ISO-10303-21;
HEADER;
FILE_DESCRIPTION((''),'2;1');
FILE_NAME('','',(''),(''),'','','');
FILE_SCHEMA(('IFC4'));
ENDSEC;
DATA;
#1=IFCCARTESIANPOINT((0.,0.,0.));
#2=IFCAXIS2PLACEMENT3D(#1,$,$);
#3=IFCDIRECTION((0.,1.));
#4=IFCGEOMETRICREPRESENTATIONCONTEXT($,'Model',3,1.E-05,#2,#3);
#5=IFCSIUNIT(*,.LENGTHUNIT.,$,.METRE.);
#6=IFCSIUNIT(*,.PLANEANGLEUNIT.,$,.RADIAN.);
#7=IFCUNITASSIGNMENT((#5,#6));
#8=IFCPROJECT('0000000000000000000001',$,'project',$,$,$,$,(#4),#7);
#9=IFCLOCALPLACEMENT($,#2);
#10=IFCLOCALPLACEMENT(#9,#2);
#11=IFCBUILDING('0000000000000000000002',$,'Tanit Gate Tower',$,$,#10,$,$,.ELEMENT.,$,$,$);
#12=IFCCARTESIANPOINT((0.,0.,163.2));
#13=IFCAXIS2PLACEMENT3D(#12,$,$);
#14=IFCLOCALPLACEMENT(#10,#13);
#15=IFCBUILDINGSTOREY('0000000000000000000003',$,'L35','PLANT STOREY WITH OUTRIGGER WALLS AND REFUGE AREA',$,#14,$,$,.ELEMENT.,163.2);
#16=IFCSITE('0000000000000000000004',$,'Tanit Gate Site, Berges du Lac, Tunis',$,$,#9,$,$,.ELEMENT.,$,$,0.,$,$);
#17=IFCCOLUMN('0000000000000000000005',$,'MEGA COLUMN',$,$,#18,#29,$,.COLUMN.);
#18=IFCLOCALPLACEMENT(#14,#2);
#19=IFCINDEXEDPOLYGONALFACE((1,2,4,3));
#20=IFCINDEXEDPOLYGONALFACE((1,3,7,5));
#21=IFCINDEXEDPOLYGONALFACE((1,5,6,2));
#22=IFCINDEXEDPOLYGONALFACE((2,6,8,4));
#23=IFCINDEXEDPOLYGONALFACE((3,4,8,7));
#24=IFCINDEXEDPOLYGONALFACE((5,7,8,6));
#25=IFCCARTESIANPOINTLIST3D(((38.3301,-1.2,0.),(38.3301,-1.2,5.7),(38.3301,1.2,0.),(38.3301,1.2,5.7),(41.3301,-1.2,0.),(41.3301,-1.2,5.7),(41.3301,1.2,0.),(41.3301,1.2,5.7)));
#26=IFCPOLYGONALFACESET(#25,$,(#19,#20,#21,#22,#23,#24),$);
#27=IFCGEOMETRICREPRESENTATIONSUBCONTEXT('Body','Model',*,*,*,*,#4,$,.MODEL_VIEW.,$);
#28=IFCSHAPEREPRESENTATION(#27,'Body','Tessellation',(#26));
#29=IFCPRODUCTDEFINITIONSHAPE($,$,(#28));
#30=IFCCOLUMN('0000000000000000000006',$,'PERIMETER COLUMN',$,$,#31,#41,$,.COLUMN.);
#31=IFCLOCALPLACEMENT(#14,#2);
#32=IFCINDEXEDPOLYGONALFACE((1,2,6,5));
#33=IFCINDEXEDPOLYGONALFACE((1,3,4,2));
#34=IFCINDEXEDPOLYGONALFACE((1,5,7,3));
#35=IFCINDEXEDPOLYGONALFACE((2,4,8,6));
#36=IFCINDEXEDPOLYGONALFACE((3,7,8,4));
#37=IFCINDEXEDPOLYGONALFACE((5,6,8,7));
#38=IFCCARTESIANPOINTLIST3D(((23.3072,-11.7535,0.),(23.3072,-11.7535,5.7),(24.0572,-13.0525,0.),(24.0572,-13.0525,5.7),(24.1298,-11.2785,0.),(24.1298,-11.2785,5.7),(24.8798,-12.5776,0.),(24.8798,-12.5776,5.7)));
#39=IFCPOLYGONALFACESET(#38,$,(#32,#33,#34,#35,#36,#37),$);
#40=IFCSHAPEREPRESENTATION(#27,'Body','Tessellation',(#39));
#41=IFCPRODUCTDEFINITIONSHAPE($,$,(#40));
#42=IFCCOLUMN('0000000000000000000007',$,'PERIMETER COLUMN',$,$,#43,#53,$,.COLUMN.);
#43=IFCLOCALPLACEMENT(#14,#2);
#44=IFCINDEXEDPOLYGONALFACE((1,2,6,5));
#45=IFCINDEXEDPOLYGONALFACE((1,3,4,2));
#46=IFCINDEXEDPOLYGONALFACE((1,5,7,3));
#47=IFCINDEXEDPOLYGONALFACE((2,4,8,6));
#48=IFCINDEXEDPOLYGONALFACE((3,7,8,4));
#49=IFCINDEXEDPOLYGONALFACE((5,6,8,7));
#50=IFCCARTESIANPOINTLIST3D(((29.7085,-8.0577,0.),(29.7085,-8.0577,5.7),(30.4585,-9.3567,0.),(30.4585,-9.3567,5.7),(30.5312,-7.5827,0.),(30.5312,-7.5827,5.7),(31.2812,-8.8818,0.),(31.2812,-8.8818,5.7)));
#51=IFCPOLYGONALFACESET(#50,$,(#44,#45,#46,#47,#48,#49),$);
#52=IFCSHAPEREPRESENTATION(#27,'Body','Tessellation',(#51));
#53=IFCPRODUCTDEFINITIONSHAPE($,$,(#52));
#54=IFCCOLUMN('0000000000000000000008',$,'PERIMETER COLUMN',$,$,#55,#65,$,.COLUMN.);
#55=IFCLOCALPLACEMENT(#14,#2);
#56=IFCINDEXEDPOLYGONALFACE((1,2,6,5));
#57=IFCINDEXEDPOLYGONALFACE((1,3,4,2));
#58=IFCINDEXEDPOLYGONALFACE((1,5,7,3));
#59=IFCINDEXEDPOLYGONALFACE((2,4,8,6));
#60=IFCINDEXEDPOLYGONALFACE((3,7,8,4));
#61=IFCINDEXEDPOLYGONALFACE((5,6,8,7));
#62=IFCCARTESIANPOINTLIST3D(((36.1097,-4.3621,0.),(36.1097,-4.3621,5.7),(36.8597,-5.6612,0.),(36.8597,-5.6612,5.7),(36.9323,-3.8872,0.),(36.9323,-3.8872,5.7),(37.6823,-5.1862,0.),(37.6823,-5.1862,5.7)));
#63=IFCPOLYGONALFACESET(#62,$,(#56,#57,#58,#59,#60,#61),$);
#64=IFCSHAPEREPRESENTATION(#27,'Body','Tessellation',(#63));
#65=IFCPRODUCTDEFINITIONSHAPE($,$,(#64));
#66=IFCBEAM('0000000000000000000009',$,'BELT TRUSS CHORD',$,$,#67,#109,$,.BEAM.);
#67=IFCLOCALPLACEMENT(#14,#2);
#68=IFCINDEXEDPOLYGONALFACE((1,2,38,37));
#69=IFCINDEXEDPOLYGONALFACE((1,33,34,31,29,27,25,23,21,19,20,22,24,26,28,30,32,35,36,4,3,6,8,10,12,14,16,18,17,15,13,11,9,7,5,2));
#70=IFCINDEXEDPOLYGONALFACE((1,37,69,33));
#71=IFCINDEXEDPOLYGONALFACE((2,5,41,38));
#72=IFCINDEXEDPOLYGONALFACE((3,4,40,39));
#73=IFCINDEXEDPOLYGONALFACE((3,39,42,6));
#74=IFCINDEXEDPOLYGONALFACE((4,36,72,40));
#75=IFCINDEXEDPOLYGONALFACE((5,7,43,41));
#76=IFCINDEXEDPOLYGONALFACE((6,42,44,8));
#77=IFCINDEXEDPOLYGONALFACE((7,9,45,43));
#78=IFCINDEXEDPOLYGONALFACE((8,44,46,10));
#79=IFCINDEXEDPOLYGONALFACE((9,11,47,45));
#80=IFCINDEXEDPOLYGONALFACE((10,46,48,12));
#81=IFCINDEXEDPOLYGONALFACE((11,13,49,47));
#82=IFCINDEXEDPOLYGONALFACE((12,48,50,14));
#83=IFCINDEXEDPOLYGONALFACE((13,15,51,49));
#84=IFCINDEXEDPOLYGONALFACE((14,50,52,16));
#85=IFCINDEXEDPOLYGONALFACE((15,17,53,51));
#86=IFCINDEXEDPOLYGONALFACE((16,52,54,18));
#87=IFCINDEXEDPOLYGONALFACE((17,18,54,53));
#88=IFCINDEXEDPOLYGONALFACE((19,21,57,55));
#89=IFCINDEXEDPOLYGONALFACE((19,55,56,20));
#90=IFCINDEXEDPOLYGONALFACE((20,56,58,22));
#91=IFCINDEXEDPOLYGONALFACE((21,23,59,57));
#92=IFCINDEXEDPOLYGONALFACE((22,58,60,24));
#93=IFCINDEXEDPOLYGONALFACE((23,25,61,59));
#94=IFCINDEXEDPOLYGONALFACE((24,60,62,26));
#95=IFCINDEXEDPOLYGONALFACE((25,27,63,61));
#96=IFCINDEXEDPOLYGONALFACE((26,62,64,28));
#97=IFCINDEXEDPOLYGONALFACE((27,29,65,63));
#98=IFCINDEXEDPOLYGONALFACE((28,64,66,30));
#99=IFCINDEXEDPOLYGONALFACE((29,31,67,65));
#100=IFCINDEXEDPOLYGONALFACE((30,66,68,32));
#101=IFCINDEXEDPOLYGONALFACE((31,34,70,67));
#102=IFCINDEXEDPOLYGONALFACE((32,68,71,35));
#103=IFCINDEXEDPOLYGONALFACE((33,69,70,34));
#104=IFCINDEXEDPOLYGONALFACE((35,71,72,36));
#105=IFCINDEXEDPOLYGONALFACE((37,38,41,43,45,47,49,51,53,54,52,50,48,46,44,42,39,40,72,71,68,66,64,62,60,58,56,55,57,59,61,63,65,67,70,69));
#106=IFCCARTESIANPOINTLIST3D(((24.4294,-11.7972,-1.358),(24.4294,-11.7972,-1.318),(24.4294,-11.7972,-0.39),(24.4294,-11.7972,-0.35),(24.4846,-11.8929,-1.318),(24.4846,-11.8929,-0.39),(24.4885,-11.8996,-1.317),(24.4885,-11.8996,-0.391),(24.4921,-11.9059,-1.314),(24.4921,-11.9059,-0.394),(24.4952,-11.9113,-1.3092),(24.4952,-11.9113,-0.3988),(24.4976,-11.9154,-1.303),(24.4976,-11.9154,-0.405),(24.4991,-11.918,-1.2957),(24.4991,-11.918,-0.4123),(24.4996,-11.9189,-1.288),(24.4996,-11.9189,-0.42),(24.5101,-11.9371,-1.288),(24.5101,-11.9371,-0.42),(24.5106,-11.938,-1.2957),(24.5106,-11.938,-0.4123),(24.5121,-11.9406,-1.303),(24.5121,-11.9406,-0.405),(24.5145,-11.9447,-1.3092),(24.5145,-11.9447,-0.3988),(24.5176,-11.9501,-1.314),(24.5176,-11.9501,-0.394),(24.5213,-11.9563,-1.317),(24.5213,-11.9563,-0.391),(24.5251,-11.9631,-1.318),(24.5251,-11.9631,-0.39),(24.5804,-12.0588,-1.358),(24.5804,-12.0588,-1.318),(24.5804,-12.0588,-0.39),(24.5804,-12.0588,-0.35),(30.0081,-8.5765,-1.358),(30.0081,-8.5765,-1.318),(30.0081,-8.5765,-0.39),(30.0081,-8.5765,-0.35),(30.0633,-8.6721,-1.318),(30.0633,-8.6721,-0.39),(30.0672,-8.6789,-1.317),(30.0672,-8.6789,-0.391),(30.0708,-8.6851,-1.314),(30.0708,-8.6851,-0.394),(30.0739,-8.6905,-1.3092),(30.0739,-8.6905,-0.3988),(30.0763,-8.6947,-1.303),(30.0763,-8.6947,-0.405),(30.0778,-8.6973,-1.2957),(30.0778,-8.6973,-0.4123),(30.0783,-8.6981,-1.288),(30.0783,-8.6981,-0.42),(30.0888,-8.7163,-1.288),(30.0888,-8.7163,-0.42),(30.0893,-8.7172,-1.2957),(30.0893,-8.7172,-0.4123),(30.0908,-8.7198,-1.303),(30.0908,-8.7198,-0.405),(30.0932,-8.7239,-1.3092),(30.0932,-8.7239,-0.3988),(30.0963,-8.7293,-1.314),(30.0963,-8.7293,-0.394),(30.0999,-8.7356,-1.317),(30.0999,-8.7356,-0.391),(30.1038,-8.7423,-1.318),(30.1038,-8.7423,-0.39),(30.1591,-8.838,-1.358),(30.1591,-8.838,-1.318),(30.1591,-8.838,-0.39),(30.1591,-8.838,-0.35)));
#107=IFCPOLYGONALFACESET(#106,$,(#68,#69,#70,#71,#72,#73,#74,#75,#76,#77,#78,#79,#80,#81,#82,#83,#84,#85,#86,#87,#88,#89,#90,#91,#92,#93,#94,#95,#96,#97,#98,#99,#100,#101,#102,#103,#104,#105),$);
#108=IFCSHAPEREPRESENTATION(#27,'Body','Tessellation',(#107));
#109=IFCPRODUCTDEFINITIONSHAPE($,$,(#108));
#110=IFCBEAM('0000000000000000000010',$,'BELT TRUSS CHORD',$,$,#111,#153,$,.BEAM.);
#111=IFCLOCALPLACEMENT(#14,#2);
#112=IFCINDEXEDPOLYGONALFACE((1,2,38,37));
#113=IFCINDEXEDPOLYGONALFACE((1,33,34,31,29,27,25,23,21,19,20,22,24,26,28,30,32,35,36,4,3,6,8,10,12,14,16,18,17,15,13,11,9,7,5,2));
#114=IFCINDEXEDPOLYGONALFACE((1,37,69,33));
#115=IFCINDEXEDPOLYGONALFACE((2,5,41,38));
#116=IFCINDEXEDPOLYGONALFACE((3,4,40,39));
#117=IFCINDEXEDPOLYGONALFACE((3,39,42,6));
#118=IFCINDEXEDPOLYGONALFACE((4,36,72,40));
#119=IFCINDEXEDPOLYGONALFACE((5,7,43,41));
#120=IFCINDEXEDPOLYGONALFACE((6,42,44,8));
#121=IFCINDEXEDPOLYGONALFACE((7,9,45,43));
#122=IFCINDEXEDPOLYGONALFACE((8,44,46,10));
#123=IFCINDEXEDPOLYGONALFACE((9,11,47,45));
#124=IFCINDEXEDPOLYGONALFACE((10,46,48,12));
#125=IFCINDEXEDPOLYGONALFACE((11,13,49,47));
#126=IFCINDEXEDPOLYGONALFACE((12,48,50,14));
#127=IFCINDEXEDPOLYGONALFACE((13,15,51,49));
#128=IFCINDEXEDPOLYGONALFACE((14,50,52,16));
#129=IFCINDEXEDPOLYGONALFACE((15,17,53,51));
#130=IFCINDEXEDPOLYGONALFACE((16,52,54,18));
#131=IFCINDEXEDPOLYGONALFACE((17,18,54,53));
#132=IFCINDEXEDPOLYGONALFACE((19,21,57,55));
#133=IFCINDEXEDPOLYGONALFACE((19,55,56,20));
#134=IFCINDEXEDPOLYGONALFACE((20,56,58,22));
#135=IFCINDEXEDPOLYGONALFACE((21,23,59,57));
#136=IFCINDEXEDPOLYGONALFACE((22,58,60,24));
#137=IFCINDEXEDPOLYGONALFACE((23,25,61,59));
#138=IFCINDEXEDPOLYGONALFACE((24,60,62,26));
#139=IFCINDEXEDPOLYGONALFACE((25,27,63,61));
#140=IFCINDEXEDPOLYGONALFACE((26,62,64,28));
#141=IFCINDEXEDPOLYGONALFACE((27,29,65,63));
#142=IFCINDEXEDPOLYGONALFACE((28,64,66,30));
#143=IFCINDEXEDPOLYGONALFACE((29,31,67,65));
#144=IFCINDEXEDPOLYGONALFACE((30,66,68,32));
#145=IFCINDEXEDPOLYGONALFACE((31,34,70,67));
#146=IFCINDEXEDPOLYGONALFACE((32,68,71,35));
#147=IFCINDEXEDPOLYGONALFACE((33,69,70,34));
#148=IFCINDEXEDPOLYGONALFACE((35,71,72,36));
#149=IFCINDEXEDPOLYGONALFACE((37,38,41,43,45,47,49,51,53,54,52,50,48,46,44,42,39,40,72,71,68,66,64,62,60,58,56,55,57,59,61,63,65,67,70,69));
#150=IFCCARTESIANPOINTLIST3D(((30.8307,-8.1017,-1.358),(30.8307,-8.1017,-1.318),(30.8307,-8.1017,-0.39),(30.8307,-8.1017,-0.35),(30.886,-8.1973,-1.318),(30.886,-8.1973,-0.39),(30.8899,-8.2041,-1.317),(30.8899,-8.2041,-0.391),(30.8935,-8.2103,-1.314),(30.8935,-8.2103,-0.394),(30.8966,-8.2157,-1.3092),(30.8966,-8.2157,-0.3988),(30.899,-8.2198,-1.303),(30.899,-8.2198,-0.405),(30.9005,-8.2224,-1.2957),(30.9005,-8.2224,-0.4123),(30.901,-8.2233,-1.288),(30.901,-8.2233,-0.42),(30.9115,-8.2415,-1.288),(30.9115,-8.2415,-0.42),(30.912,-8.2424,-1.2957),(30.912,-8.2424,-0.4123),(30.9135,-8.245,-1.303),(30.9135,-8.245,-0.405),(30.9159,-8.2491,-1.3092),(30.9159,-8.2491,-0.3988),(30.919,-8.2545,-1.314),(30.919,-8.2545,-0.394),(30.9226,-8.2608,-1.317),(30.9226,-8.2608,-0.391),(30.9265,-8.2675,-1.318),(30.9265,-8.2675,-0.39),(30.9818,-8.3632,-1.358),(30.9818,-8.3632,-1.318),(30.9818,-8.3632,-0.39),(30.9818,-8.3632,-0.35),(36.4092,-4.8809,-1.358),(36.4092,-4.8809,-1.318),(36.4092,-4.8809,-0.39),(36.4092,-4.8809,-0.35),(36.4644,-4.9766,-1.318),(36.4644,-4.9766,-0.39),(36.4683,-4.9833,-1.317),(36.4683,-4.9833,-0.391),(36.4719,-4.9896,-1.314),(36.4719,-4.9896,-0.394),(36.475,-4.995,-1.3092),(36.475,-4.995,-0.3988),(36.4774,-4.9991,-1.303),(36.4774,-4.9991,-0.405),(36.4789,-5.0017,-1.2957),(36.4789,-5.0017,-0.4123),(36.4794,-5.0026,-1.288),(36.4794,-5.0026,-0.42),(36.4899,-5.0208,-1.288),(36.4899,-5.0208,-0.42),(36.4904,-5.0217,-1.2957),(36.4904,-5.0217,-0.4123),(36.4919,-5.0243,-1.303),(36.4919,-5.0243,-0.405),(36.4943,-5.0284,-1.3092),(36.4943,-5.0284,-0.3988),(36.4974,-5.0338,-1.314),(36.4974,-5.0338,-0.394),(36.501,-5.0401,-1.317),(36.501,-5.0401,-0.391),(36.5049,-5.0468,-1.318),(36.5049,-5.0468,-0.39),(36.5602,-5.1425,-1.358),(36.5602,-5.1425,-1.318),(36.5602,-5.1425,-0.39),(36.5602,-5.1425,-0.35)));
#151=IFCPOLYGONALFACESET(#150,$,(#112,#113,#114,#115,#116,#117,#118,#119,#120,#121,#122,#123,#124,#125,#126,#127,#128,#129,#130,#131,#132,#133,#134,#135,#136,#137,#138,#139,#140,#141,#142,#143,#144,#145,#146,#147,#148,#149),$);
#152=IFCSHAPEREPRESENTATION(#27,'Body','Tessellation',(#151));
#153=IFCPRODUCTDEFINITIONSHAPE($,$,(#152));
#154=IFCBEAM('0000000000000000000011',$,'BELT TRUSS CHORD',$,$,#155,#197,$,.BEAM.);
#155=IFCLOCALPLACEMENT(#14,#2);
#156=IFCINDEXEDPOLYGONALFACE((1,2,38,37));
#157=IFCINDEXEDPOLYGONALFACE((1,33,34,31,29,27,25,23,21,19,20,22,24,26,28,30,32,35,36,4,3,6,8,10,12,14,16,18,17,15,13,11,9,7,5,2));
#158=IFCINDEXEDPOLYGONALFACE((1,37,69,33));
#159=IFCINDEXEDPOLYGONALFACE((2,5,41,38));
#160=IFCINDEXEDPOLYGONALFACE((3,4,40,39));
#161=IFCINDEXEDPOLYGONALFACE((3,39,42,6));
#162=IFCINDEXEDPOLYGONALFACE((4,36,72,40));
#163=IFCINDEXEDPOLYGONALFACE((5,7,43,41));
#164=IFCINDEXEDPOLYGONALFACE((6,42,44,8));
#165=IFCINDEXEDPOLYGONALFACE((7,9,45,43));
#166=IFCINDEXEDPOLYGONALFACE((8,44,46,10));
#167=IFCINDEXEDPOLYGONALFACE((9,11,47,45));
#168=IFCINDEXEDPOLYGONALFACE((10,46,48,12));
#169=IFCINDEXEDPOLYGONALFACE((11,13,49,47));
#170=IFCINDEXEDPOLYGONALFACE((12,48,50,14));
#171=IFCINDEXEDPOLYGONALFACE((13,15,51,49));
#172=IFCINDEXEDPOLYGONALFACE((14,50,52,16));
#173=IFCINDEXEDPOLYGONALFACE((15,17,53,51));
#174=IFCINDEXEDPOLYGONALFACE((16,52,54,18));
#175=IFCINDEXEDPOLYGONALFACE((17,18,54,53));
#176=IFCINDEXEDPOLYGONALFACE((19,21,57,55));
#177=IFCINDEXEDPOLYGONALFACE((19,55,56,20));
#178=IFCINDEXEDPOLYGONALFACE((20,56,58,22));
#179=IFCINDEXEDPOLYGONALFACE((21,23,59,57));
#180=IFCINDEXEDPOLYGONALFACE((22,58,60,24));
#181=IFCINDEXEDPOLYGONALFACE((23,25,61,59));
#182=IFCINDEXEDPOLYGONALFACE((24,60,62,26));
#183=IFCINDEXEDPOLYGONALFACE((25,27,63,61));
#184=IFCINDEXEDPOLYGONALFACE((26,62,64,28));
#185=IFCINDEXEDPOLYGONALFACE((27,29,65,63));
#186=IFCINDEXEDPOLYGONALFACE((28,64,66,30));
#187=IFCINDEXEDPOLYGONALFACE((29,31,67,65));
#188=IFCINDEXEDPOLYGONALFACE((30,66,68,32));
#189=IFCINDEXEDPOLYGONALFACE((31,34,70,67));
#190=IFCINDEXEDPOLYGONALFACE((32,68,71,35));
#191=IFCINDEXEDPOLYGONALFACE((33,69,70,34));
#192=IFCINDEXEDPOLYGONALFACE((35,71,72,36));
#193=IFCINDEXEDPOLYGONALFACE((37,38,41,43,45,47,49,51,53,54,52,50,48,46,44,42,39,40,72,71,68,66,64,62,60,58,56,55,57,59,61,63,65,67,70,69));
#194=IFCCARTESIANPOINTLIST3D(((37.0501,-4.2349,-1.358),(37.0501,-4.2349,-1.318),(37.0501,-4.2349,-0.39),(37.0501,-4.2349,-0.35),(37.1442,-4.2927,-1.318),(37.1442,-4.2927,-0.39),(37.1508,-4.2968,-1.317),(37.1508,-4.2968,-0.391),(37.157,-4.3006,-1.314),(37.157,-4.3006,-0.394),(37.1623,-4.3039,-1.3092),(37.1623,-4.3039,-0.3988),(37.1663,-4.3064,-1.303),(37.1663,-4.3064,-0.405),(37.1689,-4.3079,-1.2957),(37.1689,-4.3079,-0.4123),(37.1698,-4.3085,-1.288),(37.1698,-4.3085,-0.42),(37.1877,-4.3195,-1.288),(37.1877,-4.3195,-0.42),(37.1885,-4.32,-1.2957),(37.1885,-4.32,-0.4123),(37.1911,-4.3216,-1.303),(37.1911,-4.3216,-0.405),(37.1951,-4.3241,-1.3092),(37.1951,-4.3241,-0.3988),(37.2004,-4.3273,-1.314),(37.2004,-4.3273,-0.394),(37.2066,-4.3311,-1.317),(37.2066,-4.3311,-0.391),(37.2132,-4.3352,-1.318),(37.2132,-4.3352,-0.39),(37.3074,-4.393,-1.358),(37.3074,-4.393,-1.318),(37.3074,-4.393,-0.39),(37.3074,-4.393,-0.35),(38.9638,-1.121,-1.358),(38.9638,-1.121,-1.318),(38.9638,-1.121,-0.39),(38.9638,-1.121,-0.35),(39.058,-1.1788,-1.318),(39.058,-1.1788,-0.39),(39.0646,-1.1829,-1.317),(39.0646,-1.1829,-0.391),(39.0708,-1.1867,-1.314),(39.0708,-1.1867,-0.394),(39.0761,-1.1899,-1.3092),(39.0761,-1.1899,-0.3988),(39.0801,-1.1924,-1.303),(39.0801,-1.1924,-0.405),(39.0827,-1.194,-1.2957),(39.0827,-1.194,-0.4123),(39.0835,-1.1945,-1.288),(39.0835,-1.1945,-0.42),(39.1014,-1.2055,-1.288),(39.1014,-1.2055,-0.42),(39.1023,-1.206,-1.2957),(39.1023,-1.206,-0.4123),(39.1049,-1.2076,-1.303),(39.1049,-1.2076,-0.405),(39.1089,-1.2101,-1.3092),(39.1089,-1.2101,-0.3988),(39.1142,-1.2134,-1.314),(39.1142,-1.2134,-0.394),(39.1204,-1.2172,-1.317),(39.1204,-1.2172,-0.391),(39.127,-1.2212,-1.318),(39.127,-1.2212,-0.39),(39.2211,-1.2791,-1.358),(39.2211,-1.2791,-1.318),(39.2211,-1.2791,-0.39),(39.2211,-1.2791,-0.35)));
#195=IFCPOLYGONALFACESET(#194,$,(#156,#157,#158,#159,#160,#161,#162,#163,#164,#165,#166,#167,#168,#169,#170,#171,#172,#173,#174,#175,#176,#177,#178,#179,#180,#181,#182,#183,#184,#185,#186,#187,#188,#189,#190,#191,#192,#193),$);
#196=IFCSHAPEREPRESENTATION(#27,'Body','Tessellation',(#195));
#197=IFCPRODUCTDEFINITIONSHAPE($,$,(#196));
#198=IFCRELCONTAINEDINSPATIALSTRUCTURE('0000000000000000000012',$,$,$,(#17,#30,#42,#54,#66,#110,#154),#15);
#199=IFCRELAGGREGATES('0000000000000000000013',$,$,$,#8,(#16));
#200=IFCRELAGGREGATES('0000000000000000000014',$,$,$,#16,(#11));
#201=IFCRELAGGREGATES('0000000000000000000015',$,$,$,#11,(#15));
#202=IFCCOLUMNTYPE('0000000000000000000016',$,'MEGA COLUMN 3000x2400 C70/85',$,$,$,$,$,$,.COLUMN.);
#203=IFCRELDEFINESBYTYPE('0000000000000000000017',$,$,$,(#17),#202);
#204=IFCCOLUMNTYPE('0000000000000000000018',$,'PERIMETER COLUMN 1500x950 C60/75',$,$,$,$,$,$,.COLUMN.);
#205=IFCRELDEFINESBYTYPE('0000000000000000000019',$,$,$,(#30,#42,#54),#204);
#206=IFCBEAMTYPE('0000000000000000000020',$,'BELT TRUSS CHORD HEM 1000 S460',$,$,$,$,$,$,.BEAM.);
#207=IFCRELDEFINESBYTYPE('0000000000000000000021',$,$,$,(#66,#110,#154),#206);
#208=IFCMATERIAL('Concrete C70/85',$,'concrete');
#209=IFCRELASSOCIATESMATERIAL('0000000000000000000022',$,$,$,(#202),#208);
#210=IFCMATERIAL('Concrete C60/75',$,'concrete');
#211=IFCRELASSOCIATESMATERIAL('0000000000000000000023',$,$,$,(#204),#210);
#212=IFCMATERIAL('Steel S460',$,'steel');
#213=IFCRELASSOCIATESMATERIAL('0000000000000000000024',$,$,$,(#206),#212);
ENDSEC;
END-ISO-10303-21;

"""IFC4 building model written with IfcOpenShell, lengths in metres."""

from ifc_helpers import new_model, si_unit, direction, frame, origin, origin_2d, place, context, subcontext, project, spatial, rectangle, i_section, extrude, material, material_profile, profile_set, type_object, element, save


model = new_model("IFC4")

# Units and contexts
model_context = context("Model", 3, precision=1e-05, world=origin(), true_north=direction((0.0, 1.0)))
body_context = subcontext(model_context, "Body", "Model", "MODEL_VIEW")
ifc_project = project(units=[si_unit("LENGTHUNIT", "METRE"), si_unit("PLANEANGLEUNIT", "RADIAN")], contexts=[model_context])

# Site, building, storey
site_placement = place(None, origin())
site = spatial("IfcSite", under=ifc_project, at=site_placement, Name="Tanit Gate Site, Berges du Lac, Tunis", CompositionType="ELEMENT", RefElevation=0.0)
building_placement = place(site_placement, origin())
building = spatial("IfcBuilding", under=site, at=building_placement, Name="Tanit Gate Tower", CompositionType="ELEMENT")
storey_placement = place(building_placement, frame((0.0, 0.0, 163.2)))
storey = spatial("IfcBuildingStorey", under=building, at=storey_placement, Name="L35", Description="PLANT STOREY WITH OUTRIGGER WALLS AND REFUGE AREA", CompositionType="ELEMENT", Elevation=163.2)

# Columns
ifc_material_1 = material(Name="Concrete C70/85", Category="concrete")
ifc_material_profile_1 = material_profile(ifc_material_1, rectangle(XDim=3.0, YDim=2.3999, at=origin_2d()), Name="RC 3000x2400")
ifc_profile_set_1 = profile_set([ifc_material_profile_1], Name="Concrete C70/85")
column_type_1 = type_object("IfcColumnType", Name="MEGA COLUMN 3000x2400 C70/85", PredefinedType="COLUMN", material=ifc_profile_set_1)
column_placement = place(storey_placement, frame((39.8301, 0.0, 0.0), z_axis=(0.0, 0.0, 1.0), x_axis=(1.0, 0.0, 0.0)))
element("IfcColumn", 1, at=column_placement, inside=storey, type_object=column_type_1, Name="MEGA COLUMN", PredefinedType="COLUMN", context=body_context, shape_type="SweptSolid", body=[
    extrude(rectangle(XDim=3.0, YDim=2.3999, at=origin_2d()), origin(), (0.0, 0.0, 1.0), 5.7),
])
ifc_material_2 = material(Name="Concrete C60/75", Category="concrete")
ifc_material_profile_2 = material_profile(ifc_material_2, rectangle(XDim=1.5, YDim=0.95, at=origin_2d()), Name="RC 1500x950")
ifc_profile_set_2 = profile_set([ifc_material_profile_2], Name="Concrete C60/75")
column_type_2 = type_object("IfcColumnType", Name="PERIMETER COLUMN 1500x950 C60/75", PredefinedType="COLUMN", material=ifc_profile_set_2)
for number, where, z_axis, x_axis, name in (
    (2, (24.0935, -12.1655, 0.0), (0.0, 0.0, 1.0), (0.5, -0.866025, 0.0), "PERIMETER COLUMN"),
    (3, (30.4949, -8.4697, 0.0), (0.0, 0.0, 1.0), (0.5, -0.866025, 0.0), "PERIMETER COLUMN"),
    (4, (36.896, -4.7742, 0.0), (0.0, 0.0, 1.0), (0.5, -0.866025, 0.0), "PERIMETER COLUMN"),
):
    element("IfcColumn", number, at=place(storey_placement, frame(where, z_axis=z_axis, x_axis=x_axis)), inside=storey, type_object=column_type_2, Name=name, PredefinedType="COLUMN", context=body_context, shape_type="SweptSolid", body=[
        extrude(rectangle(XDim=1.5, YDim=0.95, at=origin_2d()), origin(), (0.0, 0.0, 1.0), 5.7),
    ])

# Beams
ifc_material_3 = material(Name="Steel S460", Category="steel")
ifc_material_profile_3 = material_profile(ifc_material_3, i_section(OverallWidth=0.302, OverallDepth=1.0081, WebThickness=0.021, FlangeThickness=0.04, FilletRadius=0.03, at=origin_2d()), Name="HEM 1000")
ifc_profile_set_3 = profile_set([ifc_material_profile_3], Name="Steel S460")
beam_type_1 = type_object("IfcBeamType", Name="BELT TRUSS CHORD HEM 1000 S460", PredefinedType="BEAM", material=ifc_profile_set_3)
beam_1_placement = place(storey_placement, frame((24.5049, -11.928, -0.854), z_axis=(0.866033, 0.499987, 0.0), x_axis=(-0.499987, 0.866033, 0.0)))
element("IfcBeam", 5, at=beam_1_placement, inside=storey, type_object=beam_type_1, Name="BELT TRUSS CHORD", PredefinedType="BEAM", context=body_context, shape_type="SweptSolid", body=[
    extrude(i_section(OverallWidth=0.302, OverallDepth=1.0081, WebThickness=0.021, FlangeThickness=0.04, FilletRadius=0.03, at=origin_2d()), origin(), (0.0, 0.0, 1.0), 6.4417),
])
beam_2_placement = place(storey_placement, frame((30.9062, -8.2324, -0.854), z_axis=(0.866023, 0.500004, 0.0), x_axis=(-0.500004, 0.866023, 0.0)))
element("IfcBeam", 6, at=beam_2_placement, inside=storey, type_object=beam_type_1, Name="BELT TRUSS CHORD", PredefinedType="BEAM", context=body_context, shape_type="SweptSolid", body=[
    extrude(i_section(OverallWidth=0.302, OverallDepth=1.0081, WebThickness=0.021, FlangeThickness=0.04, FilletRadius=0.03, at=origin_2d()), origin(), (0.0, 0.0, 1.0), 6.4414),
])
beam_3_placement = place(storey_placement, frame((37.1787, -4.314, -0.854), z_axis=(0.523602, 0.851963, 0.0), x_axis=(-0.851963, 0.523602, 0.0)))
element("IfcBeam", 7, at=beam_3_placement, inside=storey, type_object=beam_type_1, Name="BELT TRUSS CHORD", PredefinedType="BEAM", context=body_context, shape_type="SweptSolid", body=[
    extrude(i_section(OverallWidth=0.302, OverallDepth=1.0081, WebThickness=0.021, FlangeThickness=0.04, FilletRadius=0.03, at=origin_2d()), origin(), (0.0, 0.0, 1.0), 3.655),
])

save(model, "model.ifc")
